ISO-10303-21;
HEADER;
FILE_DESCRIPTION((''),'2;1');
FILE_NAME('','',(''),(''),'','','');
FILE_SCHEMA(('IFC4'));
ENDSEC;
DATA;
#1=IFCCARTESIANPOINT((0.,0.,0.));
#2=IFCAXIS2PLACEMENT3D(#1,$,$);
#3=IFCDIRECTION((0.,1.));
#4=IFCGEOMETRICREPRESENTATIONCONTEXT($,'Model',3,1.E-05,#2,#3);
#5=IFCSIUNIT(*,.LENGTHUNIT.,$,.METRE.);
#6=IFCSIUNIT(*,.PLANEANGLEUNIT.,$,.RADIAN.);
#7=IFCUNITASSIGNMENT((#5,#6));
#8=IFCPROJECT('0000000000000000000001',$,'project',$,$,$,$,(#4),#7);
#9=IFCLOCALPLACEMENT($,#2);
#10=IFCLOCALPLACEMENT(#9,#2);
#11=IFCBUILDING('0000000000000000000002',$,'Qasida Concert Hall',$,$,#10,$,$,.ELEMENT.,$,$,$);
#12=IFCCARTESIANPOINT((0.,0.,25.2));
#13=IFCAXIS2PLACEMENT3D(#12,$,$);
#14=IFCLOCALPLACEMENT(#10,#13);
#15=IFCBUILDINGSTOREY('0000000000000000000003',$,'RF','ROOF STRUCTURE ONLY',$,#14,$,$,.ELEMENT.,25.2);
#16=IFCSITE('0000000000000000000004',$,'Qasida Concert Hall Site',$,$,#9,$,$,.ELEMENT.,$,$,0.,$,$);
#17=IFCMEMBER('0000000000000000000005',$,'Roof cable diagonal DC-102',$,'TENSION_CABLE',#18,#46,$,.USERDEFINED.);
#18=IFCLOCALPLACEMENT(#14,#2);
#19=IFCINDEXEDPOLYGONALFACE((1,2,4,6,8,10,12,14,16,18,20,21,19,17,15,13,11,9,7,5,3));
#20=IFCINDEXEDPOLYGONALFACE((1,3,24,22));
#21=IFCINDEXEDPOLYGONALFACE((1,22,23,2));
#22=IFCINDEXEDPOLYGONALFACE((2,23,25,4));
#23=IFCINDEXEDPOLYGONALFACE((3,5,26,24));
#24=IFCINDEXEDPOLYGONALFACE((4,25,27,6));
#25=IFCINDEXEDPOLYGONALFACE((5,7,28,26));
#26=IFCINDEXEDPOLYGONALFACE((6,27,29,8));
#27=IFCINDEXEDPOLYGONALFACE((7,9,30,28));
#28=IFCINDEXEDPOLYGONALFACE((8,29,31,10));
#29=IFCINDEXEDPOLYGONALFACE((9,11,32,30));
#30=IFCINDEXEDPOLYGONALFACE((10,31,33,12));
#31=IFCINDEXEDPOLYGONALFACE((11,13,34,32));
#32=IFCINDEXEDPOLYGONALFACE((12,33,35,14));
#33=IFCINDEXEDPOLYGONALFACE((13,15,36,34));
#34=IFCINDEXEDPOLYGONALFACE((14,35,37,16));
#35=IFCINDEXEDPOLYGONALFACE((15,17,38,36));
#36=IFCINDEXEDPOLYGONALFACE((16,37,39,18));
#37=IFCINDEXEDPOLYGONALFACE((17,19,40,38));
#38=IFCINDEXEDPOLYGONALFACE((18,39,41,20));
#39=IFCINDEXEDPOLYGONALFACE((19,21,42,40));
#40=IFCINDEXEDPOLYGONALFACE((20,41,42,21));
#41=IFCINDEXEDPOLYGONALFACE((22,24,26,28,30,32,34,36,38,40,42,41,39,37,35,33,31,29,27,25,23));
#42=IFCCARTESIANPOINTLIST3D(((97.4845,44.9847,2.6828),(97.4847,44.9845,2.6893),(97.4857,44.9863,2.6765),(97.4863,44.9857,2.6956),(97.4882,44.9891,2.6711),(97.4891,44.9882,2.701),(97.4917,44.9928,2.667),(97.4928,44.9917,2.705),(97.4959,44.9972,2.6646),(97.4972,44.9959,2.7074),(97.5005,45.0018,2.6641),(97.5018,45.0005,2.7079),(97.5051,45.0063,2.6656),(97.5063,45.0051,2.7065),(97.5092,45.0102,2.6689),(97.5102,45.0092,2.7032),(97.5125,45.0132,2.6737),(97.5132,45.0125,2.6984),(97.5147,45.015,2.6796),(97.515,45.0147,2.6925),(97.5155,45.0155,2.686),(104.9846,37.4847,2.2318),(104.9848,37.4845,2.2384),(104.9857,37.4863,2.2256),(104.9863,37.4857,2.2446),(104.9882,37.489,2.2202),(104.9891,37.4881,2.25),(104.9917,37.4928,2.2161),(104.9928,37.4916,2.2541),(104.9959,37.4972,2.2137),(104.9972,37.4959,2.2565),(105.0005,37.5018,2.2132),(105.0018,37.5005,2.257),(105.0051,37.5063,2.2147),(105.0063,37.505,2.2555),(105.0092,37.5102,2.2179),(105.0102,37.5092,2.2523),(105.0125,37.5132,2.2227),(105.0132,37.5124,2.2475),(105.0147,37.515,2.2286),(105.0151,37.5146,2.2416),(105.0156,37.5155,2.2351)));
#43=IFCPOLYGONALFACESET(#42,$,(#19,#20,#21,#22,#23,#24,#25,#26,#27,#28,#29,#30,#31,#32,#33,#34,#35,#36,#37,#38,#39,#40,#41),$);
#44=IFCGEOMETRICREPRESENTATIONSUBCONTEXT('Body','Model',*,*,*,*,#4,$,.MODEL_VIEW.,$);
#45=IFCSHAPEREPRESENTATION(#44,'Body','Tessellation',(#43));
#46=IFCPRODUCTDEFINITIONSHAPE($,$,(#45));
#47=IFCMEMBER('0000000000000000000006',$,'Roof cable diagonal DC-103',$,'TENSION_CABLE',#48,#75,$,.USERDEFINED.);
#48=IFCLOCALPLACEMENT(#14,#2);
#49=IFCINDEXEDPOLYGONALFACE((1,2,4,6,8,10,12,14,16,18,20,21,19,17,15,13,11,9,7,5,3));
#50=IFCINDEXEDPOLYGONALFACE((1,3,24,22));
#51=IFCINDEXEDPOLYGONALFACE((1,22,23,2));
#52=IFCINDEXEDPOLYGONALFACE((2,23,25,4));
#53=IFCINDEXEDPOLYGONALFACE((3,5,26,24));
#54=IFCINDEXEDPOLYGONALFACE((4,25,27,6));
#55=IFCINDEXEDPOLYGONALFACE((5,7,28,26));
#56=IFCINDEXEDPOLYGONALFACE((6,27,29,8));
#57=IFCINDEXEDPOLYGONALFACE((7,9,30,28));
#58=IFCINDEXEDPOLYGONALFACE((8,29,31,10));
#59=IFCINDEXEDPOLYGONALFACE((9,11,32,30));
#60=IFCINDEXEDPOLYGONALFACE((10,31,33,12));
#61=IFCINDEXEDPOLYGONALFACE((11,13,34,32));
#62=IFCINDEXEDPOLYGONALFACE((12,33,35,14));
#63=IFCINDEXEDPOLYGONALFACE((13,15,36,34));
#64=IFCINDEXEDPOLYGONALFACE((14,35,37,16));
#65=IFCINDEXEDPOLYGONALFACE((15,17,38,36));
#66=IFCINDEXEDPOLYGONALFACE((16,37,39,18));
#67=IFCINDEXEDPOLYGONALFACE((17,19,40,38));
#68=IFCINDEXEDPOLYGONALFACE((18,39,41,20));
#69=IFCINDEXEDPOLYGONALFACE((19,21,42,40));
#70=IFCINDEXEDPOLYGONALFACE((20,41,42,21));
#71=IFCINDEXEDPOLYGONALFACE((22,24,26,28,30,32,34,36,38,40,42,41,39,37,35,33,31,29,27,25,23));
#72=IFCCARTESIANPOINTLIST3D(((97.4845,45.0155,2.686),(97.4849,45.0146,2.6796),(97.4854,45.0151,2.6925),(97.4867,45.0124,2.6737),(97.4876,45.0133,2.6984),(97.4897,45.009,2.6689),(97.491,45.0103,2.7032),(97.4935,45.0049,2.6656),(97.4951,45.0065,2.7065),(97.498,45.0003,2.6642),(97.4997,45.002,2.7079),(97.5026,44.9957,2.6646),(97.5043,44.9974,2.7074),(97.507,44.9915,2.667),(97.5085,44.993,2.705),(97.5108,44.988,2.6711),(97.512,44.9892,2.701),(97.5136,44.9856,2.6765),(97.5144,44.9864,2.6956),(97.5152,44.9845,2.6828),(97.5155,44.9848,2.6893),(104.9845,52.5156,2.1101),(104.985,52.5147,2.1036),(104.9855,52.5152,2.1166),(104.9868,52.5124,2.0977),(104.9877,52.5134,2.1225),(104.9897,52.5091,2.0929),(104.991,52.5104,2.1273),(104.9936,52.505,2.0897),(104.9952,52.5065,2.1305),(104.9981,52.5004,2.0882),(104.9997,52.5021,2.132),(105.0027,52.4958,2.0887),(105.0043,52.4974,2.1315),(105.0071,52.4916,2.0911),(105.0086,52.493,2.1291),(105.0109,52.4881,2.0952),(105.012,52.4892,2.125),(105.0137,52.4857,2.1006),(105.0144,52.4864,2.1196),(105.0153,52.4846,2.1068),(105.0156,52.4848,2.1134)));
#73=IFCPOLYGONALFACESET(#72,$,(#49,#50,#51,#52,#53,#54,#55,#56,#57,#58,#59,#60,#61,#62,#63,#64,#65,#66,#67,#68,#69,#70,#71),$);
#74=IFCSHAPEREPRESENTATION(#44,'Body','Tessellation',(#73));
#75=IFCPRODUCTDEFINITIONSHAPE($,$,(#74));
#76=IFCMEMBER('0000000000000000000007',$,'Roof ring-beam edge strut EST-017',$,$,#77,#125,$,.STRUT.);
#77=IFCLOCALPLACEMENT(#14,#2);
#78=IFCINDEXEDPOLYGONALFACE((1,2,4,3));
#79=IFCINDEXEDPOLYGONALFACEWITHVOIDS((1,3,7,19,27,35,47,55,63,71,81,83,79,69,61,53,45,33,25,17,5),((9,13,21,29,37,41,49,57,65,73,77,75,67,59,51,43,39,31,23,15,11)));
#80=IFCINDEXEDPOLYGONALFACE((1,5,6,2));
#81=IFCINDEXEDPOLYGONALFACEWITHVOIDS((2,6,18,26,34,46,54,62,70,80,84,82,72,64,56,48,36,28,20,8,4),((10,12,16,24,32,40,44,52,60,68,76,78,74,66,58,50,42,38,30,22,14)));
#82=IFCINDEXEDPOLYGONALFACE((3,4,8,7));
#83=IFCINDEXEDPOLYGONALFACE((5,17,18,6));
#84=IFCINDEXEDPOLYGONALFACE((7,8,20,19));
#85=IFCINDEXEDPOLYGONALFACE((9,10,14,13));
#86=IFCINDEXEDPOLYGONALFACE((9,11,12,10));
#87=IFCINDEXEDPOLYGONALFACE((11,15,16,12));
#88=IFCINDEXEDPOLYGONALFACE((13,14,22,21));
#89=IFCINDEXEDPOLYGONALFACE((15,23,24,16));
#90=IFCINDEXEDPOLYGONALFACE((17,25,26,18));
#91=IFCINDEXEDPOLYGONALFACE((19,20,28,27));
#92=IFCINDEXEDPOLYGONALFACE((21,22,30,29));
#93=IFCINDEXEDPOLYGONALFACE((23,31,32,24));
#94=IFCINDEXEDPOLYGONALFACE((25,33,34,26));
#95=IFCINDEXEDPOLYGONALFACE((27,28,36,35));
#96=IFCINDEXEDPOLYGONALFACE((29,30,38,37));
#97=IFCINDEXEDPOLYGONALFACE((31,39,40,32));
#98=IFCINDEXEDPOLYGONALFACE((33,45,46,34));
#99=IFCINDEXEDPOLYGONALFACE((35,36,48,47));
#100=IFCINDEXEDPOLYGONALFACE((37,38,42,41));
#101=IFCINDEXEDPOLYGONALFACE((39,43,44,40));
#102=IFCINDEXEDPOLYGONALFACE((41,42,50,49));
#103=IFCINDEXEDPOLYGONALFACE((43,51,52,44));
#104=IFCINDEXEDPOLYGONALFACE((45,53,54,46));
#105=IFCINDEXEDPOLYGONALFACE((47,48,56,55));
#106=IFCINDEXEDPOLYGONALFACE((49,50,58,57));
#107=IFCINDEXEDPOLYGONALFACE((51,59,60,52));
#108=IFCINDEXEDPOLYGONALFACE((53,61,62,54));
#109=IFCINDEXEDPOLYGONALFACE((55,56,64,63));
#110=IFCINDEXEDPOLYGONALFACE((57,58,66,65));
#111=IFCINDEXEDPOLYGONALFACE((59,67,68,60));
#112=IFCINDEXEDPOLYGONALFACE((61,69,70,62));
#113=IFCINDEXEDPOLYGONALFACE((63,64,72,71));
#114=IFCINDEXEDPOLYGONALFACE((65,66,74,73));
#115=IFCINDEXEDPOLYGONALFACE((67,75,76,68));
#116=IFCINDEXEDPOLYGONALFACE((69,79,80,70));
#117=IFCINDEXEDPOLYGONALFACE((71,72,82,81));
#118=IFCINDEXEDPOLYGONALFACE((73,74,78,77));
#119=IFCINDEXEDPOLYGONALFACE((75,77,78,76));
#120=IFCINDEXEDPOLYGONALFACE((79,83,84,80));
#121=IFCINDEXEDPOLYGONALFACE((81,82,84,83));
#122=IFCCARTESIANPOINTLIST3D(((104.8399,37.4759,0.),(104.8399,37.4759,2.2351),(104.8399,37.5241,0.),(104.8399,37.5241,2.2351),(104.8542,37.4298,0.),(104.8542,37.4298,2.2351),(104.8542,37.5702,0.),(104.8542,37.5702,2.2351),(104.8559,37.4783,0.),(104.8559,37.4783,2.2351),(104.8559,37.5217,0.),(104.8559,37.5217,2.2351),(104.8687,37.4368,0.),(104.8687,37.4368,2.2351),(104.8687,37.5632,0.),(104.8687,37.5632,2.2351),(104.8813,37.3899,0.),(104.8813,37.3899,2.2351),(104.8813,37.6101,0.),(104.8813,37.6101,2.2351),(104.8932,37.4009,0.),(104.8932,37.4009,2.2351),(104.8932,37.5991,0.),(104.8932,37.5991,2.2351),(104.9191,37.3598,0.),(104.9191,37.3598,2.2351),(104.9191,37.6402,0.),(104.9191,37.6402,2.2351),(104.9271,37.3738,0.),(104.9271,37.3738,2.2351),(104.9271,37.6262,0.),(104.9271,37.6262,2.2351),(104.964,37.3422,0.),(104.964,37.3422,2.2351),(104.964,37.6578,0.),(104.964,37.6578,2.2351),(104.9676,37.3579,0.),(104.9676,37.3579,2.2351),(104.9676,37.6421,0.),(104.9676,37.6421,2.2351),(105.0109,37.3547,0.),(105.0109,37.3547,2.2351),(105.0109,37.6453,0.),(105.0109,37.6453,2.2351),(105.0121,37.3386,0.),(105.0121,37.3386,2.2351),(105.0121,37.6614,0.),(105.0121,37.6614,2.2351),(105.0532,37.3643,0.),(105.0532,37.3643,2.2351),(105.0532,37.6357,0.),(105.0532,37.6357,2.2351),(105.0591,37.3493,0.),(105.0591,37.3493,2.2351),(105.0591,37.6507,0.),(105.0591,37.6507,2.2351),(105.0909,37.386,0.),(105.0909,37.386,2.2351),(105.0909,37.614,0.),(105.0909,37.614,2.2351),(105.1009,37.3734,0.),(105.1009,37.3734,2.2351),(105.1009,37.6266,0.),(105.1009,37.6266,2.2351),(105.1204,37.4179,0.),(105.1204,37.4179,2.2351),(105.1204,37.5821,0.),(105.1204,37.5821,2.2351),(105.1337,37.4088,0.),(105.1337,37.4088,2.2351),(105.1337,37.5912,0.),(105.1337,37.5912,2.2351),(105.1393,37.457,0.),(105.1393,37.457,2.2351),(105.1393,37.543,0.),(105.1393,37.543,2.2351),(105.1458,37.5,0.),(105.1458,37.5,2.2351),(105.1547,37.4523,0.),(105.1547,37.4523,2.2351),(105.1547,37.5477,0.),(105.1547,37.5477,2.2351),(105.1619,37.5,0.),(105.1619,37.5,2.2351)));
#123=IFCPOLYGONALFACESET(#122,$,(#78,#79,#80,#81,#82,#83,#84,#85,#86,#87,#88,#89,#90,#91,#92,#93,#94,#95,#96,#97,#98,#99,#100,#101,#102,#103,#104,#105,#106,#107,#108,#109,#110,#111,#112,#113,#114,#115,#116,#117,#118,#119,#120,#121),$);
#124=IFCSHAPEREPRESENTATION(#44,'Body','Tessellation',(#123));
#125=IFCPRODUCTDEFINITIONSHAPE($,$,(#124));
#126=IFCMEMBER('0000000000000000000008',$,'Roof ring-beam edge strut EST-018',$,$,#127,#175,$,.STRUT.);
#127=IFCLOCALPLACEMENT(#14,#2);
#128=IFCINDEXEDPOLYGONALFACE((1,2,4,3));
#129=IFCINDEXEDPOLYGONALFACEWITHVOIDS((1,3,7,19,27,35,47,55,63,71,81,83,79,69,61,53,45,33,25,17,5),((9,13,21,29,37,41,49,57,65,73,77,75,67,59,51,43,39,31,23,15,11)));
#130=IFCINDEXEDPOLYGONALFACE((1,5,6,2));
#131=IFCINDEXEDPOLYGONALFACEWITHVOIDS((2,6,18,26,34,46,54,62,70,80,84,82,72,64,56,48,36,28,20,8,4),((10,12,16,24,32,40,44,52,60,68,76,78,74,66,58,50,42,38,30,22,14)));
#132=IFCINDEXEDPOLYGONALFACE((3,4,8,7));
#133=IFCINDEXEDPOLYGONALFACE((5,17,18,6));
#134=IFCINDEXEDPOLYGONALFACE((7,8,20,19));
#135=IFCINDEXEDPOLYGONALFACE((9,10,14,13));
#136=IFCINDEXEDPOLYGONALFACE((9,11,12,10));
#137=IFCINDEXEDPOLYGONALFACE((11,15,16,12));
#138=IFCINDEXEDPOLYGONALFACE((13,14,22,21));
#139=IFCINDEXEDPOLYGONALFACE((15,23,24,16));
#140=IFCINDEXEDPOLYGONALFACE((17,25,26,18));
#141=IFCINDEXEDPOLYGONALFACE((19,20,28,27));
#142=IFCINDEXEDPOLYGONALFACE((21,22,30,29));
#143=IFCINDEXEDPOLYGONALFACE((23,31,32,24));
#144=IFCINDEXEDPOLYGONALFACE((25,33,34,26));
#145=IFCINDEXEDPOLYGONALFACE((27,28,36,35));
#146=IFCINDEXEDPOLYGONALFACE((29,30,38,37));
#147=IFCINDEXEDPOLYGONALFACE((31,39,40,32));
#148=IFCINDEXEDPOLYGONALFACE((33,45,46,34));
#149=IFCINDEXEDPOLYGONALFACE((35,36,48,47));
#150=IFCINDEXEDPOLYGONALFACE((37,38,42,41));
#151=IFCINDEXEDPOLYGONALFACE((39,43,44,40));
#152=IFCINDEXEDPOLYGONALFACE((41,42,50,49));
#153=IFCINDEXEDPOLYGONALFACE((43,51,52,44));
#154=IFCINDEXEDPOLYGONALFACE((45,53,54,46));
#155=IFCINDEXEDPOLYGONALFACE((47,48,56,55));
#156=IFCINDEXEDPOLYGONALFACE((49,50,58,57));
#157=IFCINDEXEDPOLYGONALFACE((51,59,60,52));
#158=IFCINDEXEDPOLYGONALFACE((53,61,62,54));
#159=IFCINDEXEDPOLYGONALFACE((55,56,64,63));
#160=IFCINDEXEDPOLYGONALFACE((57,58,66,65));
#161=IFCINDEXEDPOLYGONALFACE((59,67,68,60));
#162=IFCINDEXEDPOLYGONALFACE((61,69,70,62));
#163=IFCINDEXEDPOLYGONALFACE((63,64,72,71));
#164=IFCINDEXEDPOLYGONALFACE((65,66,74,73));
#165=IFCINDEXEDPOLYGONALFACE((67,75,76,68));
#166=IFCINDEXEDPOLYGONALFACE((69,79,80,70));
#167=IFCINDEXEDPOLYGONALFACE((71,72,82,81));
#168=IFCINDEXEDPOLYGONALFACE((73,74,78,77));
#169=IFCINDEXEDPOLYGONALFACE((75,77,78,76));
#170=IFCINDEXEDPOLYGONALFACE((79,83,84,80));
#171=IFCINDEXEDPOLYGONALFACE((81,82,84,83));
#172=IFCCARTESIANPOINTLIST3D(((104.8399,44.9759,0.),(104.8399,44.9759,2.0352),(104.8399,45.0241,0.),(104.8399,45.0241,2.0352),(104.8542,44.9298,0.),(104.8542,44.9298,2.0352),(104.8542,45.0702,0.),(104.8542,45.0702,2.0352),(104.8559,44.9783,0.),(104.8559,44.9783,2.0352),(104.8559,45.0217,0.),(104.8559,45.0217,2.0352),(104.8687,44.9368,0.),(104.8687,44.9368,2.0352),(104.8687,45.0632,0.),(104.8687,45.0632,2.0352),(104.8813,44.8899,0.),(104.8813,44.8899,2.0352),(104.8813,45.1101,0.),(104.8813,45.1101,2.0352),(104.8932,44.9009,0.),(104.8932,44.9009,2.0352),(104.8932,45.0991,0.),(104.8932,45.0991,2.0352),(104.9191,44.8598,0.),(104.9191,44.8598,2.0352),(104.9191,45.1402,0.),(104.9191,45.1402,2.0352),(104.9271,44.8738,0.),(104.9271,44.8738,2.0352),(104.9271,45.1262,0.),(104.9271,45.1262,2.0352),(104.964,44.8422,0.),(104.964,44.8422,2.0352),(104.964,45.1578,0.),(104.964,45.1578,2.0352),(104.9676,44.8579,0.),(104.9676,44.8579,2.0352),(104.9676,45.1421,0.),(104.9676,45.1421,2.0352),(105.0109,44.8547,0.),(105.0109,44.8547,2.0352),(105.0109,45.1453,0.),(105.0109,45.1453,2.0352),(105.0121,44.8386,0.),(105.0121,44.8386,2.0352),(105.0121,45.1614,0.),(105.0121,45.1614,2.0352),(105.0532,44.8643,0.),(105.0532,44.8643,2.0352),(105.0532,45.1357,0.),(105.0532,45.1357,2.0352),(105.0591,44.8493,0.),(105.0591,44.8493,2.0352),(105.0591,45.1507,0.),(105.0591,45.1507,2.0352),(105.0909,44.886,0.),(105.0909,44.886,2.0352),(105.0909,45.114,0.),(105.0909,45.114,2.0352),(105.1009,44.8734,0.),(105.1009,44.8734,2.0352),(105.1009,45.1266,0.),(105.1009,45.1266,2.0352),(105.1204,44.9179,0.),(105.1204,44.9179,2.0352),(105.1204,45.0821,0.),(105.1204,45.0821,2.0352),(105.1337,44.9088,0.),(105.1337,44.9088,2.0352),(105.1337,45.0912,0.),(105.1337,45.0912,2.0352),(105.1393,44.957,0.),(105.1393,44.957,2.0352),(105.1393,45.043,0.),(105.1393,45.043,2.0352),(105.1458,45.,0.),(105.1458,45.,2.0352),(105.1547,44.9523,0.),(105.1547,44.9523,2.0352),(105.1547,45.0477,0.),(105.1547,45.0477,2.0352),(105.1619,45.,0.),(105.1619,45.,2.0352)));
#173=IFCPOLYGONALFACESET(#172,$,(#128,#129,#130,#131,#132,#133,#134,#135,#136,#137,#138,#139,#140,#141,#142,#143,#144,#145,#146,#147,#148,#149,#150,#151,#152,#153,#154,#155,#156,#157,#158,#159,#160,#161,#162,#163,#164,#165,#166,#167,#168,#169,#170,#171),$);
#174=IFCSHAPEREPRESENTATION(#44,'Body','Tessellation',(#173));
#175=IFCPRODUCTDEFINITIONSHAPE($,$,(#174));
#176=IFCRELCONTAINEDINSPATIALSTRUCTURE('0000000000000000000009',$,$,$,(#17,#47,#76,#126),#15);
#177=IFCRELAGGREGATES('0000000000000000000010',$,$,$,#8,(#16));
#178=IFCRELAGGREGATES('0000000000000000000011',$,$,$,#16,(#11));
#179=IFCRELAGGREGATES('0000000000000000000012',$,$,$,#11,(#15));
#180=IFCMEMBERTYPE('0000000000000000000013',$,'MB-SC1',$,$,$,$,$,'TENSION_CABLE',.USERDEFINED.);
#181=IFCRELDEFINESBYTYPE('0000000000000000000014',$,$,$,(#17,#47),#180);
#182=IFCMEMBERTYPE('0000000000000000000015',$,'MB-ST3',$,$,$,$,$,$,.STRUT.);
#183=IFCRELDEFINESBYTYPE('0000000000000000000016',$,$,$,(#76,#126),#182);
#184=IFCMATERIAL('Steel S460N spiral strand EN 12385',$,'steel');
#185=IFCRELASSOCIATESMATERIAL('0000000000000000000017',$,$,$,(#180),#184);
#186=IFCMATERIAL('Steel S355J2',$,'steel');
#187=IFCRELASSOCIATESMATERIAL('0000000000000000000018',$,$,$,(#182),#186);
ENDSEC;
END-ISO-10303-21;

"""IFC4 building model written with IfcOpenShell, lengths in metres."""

from ifc_helpers import new_model, si_unit, direction, frame, origin, origin_2d, place, context, subcontext, project, spatial, circle, hollow_circle, extrude, material, material_profile, profile_set, type_object, element, save


model = new_model("IFC4")

# Units and contexts
model_context = context("Model", 3, precision=1e-05, world=origin(), true_north=direction((0.0, 1.0)))
body_context = subcontext(model_context, "Body", "Model", "MODEL_VIEW")
ifc_project = project(units=[si_unit("LENGTHUNIT", "METRE"), si_unit("PLANEANGLEUNIT", "RADIAN")], contexts=[model_context])

# Site, building, storey
site_placement = place(None, origin())
site = spatial("IfcSite", under=ifc_project, at=site_placement, Name="Qasida Concert Hall Site", CompositionType="ELEMENT", RefElevation=0.0)
building_placement = place(site_placement, origin())
building = spatial("IfcBuilding", under=site, at=building_placement, Name="Qasida Concert Hall", CompositionType="ELEMENT")
storey_placement = place(building_placement, frame((0.0, 0.0, 25.2)))
storey = spatial("IfcBuildingStorey", under=building, at=storey_placement, Name="RF", Description="ROOF STRUCTURE ONLY", CompositionType="ELEMENT", Elevation=25.2)

# Members
ifc_material_1 = material(Name="Steel S460N spiral strand EN 12385", Category="steel")
ifc_material_profile_1 = material_profile(ifc_material_1, circle(Radius=0.022, at=origin_2d()), Name="STRAND D44")
ifc_profile_set_1 = profile_set([ifc_material_profile_1], Name="Steel S460N spiral strand EN 12385")
member_type_1 = type_object("IfcMemberType", Name="MB-SC1", ElementType="TENSION_CABLE", PredefinedType="USERDEFINED", material=ifc_profile_set_1)
member_1_placement = place(storey_placement, frame((97.5, 45.0, 2.686), z_axis=(0.706469, -0.706469, -0.042476), x_axis=(0.707107, 0.707107, 0.0)))
element("IfcMember", 1, at=member_1_placement, inside=storey, type_object=member_type_1, Name="Roof cable diagonal DC-102", ObjectType="TENSION_CABLE", PredefinedType="USERDEFINED", context=body_context, shape_type="SweptSolid", body=[
    extrude(circle(Radius=0.022, at=origin_2d()), origin(), (0.0, 0.0, 1.0), 10.6162),
])
member_2_placement = place(storey_placement, frame((97.5, 45.0, 2.686), z_axis=(0.706067, 0.706067, -0.054219), x_axis=(-0.707107, 0.707107, 0.0)))
element("IfcMember", 2, at=member_2_placement, inside=storey, type_object=member_type_1, Name="Roof cable diagonal DC-103", ObjectType="TENSION_CABLE", PredefinedType="USERDEFINED", context=body_context, shape_type="SweptSolid", body=[
    extrude(circle(Radius=0.022, at=origin_2d()), origin(), (0.0, 0.0, 1.0), 10.6223),
])
ifc_material_2 = material(Name="Steel S355J2", Category="steel")
ifc_material_profile_2 = material_profile(ifc_material_2, hollow_circle(Radius=0.1619, WallThickness=0.0161, at=origin_2d()), Name="CHS 323.9x16")
ifc_profile_set_2 = profile_set([ifc_material_profile_2], Name="Steel S355J2")
member_type_2 = type_object("IfcMemberType", Name="MB-ST3", PredefinedType="STRUT", material=ifc_profile_set_2)
member_3_placement = place(storey_placement, frame((105.0, 37.5, 0.0), z_axis=(0.0, 0.0, 1.0), x_axis=(1.0, 0.0, 0.0)))
element("IfcMember", 3, at=member_3_placement, inside=storey, type_object=member_type_2, Name="Roof ring-beam edge strut EST-017", PredefinedType="STRUT", context=body_context, shape_type="SweptSolid", body=[
    extrude(hollow_circle(Radius=0.1619, WallThickness=0.0161, at=origin_2d()), origin(), (0.0, 0.0, 1.0), 2.2351),
])
member_4_placement = place(storey_placement, frame((105.0, 45.0, 0.0), z_axis=(0.0, 0.0, 1.0), x_axis=(1.0, 0.0, 0.0)))
element("IfcMember", 4, at=member_4_placement, inside=storey, type_object=member_type_2, Name="Roof ring-beam edge strut EST-018", PredefinedType="STRUT", context=body_context, shape_type="SweptSolid", body=[
    extrude(hollow_circle(Radius=0.1619, WallThickness=0.0161, at=origin_2d()), origin(), (0.0, 0.0, 1.0), 2.0352),
])

save(model, "model.ifc")
